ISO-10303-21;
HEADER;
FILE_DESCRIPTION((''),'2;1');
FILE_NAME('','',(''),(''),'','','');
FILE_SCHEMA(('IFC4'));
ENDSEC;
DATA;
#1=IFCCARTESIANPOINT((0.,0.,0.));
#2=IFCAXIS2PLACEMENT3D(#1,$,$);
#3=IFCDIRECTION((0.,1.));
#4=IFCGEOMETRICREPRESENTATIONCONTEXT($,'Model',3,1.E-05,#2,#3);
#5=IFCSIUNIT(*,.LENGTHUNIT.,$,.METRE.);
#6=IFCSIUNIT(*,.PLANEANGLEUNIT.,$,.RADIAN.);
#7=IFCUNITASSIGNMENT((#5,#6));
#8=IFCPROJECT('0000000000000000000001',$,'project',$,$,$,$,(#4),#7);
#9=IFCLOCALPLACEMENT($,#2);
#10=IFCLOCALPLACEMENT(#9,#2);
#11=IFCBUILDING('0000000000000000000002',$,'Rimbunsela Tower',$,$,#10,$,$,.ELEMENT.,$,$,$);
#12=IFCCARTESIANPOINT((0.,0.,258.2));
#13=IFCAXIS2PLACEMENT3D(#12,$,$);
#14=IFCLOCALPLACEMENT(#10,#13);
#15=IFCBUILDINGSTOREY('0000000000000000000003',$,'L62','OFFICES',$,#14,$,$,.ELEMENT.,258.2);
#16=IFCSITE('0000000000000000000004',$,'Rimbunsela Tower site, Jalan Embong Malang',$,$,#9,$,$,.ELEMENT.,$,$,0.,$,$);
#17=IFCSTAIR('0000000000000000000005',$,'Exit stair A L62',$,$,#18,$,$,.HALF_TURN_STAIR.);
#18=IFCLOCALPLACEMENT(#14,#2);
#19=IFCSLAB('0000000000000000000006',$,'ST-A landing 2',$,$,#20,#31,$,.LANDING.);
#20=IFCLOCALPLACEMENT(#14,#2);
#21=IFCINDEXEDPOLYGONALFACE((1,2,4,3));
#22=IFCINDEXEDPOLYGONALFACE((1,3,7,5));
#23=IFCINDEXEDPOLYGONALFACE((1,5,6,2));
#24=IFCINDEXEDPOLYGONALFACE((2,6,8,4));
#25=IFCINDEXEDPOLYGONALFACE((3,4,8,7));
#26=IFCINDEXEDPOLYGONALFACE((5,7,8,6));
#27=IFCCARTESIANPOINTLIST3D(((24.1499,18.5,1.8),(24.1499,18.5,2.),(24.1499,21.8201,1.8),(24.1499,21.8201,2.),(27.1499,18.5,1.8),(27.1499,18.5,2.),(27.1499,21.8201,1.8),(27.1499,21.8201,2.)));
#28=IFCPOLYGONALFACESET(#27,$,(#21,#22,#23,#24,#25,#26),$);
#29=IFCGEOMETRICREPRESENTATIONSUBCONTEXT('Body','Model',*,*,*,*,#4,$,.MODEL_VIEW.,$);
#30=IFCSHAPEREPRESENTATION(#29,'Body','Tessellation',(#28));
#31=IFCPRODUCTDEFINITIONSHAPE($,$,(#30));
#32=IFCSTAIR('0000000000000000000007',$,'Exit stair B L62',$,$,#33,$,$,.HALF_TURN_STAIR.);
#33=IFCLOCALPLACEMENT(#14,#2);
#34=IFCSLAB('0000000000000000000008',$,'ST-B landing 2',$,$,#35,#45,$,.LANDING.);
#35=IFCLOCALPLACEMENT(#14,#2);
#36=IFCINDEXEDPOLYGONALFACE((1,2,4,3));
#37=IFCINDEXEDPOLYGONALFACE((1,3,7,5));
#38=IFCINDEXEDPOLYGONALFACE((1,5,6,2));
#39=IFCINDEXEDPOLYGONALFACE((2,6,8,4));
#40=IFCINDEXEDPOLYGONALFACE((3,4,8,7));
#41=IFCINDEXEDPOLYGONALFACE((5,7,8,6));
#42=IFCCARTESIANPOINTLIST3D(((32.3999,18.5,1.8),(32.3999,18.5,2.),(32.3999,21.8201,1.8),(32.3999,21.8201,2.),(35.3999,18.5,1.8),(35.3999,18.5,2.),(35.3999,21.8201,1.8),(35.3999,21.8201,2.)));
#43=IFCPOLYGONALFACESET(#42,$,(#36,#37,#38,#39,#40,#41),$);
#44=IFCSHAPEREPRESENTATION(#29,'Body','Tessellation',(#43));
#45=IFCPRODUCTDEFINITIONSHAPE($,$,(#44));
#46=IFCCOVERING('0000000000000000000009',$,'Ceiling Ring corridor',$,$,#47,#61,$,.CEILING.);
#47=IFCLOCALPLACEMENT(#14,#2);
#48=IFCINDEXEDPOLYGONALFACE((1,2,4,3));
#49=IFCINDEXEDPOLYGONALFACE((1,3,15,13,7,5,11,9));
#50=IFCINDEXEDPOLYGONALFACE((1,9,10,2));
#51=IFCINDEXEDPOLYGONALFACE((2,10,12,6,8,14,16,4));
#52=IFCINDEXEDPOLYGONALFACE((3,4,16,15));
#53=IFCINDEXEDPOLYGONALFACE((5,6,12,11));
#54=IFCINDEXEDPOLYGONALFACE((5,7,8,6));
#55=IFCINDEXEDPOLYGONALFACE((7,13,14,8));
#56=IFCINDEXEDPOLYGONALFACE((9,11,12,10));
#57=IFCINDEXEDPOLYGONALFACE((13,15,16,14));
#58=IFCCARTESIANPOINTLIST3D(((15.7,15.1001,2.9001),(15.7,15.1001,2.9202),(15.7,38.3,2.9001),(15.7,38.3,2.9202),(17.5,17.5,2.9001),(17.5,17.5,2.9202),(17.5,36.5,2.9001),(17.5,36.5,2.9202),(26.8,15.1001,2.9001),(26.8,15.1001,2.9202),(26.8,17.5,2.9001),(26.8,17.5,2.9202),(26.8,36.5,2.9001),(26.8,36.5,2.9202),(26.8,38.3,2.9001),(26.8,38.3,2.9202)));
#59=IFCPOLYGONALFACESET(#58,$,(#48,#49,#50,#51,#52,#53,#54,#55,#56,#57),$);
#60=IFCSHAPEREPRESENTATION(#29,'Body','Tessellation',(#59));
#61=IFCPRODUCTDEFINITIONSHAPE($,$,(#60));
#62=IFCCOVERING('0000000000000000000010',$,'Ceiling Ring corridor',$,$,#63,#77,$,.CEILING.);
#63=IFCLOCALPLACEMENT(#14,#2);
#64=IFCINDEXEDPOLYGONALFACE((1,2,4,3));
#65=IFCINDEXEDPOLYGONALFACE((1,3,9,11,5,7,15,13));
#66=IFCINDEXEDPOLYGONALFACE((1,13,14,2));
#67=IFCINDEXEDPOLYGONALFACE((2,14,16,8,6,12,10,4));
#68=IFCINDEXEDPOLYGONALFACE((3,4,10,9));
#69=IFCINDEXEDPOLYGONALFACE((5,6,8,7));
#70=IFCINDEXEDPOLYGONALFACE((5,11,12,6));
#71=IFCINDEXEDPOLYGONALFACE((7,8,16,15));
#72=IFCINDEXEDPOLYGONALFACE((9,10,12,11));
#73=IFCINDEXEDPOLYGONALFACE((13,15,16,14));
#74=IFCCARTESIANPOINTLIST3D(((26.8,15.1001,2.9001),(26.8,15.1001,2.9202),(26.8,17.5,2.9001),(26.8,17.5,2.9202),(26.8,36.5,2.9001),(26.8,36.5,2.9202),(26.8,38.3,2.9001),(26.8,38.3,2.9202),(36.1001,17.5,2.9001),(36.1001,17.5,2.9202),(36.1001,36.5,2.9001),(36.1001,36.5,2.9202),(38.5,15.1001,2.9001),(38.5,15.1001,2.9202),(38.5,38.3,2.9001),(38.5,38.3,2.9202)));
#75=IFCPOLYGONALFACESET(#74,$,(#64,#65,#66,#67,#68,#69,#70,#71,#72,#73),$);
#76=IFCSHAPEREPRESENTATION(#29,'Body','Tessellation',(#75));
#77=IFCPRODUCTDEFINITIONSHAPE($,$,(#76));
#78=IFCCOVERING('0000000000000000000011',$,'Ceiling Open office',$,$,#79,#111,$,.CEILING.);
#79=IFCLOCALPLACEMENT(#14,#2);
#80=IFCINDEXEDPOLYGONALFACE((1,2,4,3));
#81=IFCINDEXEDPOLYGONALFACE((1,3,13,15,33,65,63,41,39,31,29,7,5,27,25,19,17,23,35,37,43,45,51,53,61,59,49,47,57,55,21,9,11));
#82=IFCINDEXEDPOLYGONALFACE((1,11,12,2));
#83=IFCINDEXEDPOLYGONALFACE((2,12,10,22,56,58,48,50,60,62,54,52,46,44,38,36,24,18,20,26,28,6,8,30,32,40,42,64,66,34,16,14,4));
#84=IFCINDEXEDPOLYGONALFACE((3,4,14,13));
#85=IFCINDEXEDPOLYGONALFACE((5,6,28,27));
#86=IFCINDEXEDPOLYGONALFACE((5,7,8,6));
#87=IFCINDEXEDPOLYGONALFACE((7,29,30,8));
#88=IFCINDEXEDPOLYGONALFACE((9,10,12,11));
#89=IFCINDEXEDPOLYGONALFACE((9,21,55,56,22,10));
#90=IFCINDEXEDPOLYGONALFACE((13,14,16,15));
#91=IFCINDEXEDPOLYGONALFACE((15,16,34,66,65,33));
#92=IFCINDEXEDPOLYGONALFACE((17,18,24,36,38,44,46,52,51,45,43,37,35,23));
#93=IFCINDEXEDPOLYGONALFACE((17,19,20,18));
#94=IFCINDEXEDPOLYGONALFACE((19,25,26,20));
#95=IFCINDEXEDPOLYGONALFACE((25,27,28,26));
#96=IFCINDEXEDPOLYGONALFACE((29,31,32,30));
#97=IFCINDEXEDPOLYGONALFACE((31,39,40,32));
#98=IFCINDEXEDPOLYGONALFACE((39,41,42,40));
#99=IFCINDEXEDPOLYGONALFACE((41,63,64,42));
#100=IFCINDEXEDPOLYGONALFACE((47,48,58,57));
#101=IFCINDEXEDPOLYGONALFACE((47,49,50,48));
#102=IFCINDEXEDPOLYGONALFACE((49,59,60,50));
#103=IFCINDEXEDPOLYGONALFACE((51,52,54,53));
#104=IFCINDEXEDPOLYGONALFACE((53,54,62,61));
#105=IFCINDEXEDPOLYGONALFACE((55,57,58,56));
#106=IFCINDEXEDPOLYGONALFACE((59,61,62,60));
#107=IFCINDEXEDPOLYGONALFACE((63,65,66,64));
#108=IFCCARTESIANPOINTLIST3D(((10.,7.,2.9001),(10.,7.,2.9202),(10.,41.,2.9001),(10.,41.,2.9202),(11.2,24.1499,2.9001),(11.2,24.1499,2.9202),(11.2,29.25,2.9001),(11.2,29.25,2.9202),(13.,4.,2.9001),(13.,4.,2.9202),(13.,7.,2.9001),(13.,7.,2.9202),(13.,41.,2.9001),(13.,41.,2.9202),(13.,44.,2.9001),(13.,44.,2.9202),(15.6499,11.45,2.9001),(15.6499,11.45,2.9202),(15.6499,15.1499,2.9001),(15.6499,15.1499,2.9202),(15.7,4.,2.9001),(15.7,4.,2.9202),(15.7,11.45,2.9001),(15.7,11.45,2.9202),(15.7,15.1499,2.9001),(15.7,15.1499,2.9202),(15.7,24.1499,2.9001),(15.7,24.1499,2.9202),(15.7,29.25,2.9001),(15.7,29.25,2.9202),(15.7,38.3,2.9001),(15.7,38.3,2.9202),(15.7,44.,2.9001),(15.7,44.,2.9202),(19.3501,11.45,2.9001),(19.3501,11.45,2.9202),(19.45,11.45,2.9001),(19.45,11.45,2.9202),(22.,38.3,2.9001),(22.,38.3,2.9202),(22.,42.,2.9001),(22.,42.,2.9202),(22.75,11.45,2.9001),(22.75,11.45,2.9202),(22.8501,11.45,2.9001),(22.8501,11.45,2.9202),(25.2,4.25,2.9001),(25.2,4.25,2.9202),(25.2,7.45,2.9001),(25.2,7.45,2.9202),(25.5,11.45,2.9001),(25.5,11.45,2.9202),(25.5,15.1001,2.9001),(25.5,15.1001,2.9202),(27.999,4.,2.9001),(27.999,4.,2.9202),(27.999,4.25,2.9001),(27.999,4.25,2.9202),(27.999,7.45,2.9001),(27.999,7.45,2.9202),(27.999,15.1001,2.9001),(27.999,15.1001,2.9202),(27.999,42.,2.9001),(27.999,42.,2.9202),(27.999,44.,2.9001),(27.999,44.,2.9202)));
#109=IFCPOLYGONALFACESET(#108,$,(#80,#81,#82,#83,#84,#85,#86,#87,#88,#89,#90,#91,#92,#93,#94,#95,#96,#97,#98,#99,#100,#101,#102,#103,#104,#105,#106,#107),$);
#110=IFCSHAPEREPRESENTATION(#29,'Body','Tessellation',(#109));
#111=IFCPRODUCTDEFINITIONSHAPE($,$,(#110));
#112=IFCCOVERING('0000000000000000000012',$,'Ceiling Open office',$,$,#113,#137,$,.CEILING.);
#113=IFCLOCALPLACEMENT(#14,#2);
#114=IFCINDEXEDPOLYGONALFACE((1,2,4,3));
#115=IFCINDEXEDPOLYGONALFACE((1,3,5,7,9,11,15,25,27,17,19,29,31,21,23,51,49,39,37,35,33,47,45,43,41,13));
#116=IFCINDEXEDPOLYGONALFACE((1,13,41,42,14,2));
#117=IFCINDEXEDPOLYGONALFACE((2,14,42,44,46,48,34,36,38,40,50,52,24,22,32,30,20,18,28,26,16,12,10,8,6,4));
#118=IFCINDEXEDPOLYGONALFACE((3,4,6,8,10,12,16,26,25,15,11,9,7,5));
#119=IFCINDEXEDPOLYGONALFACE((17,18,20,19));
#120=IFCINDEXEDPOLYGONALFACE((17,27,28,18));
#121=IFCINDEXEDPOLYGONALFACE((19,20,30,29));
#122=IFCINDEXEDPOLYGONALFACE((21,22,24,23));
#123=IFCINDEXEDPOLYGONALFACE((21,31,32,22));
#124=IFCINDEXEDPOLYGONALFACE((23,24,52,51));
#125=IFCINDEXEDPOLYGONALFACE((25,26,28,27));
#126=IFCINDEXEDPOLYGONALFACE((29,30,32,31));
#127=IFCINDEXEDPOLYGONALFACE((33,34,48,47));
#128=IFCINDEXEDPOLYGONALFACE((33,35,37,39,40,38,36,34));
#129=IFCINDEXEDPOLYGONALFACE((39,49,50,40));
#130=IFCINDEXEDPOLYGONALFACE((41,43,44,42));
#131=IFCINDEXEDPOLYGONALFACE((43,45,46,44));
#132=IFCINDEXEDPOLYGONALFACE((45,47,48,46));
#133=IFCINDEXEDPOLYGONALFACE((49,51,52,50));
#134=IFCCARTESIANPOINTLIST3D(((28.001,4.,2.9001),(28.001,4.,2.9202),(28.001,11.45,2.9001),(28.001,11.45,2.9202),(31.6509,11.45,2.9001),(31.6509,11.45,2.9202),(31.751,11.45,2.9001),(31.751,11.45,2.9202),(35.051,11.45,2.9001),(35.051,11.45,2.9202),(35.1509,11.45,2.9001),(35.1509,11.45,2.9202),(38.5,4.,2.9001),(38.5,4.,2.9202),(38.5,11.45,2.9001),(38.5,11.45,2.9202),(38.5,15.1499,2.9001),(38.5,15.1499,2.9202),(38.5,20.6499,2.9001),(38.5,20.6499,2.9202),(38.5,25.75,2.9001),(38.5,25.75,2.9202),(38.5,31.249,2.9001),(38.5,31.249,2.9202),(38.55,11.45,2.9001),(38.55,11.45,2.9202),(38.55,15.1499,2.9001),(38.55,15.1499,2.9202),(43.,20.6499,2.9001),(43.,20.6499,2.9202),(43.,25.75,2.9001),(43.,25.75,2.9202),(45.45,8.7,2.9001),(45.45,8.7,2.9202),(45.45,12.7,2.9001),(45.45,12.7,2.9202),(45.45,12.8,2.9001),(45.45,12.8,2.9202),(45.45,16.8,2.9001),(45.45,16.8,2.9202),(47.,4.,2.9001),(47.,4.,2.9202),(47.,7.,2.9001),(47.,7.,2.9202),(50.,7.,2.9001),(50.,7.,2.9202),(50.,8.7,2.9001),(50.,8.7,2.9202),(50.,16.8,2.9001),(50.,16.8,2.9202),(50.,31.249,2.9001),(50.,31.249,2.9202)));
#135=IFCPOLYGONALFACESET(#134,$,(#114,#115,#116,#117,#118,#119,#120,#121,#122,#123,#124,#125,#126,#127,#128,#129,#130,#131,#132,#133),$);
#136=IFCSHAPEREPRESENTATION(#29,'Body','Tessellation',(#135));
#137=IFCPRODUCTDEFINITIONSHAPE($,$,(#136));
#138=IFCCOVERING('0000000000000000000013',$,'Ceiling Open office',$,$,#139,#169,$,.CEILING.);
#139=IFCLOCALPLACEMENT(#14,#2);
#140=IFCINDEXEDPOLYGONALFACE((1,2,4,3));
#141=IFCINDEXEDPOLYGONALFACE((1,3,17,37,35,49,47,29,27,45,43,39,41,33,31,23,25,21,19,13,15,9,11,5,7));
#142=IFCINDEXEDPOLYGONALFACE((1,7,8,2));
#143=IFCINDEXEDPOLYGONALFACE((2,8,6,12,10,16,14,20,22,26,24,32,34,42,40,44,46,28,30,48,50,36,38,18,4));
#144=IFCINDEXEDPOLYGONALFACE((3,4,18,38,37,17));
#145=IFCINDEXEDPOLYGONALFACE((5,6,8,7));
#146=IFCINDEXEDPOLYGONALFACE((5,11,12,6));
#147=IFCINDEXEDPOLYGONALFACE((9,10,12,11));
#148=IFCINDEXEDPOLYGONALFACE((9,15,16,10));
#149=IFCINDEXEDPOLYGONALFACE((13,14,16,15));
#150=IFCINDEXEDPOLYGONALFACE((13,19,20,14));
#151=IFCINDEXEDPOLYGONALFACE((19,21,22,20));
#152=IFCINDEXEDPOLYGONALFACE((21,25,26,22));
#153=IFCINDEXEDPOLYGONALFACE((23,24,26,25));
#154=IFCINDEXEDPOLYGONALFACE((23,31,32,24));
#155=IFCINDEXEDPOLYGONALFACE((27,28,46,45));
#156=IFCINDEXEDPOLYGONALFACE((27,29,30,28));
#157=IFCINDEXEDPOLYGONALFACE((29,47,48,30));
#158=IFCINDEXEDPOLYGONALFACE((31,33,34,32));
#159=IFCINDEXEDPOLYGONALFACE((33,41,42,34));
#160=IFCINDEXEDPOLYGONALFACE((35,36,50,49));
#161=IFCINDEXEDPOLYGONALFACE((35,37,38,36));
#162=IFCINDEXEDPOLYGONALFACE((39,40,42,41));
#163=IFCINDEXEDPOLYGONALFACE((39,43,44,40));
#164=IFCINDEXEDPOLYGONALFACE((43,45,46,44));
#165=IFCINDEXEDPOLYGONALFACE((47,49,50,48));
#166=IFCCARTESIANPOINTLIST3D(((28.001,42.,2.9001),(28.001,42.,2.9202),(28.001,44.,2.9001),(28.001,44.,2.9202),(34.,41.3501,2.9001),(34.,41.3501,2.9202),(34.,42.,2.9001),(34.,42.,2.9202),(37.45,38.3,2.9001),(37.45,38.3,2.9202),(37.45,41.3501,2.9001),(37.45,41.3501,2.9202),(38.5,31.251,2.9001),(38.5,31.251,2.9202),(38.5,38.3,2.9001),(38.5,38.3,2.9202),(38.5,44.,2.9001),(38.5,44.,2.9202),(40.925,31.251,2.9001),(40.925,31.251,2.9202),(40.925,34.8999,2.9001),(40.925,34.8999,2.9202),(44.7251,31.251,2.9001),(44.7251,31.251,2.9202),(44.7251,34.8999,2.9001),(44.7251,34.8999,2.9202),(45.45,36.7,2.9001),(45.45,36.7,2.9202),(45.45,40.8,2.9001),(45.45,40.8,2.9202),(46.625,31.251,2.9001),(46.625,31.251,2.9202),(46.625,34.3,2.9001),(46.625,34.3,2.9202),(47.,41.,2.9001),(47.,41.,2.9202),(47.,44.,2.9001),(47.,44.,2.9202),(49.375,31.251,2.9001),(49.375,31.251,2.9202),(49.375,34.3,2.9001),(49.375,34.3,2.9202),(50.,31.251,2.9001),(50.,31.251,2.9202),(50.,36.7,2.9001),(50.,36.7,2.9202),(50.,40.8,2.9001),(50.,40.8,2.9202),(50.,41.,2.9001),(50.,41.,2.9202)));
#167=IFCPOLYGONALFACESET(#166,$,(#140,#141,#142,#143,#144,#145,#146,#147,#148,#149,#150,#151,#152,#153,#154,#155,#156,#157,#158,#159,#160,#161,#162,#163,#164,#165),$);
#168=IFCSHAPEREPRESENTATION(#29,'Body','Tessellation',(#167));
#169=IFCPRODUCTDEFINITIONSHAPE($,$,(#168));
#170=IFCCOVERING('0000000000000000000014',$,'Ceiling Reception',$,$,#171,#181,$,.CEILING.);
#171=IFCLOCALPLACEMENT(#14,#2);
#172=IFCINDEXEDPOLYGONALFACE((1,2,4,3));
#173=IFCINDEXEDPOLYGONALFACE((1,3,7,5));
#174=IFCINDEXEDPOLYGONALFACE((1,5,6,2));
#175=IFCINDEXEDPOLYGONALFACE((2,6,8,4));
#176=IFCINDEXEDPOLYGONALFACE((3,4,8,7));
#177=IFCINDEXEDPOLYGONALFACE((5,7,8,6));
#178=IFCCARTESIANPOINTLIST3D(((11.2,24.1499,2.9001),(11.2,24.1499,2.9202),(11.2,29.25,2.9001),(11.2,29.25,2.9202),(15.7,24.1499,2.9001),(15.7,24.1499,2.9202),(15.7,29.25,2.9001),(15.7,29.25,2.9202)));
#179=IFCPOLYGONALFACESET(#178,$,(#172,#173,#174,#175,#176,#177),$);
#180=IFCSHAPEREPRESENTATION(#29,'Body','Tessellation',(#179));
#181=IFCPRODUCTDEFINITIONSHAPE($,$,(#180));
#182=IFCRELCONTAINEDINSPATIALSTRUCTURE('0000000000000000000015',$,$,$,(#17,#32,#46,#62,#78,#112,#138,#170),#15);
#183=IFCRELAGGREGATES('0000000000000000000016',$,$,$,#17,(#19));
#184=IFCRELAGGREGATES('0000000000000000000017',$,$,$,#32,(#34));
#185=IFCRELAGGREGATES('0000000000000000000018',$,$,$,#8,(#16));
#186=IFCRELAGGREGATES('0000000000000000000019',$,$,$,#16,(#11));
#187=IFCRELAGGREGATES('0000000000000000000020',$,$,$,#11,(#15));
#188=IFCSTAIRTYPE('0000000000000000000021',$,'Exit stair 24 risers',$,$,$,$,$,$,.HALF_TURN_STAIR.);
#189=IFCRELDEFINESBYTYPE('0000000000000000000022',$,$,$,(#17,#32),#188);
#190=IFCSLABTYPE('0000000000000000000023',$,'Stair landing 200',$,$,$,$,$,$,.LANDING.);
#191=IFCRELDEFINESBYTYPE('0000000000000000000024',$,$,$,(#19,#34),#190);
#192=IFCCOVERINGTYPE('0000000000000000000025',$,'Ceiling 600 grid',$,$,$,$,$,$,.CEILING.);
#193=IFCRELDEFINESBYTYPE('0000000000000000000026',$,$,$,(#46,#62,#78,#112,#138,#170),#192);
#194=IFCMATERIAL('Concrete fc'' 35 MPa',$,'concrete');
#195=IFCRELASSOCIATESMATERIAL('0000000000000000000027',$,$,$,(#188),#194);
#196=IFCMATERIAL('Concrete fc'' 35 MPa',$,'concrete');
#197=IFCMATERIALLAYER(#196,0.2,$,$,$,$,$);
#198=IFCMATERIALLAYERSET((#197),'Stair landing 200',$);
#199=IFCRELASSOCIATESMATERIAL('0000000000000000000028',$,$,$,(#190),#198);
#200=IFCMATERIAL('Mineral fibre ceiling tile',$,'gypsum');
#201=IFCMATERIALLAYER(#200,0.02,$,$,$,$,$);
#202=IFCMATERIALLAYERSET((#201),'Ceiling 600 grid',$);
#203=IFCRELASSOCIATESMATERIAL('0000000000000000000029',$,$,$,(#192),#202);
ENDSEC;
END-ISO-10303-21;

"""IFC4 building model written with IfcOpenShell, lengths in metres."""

from ifc_helpers import new_model, si_unit, direction, frame, origin, place, context, subcontext, project, spatial, polyline, outline, extrude, material, layer, layer_set, type_object, element, aggregate, save


model = new_model("IFC4")

# Units and contexts
model_context = context("Model", 3, precision=1e-05, world=origin(), true_north=direction((0.0, 1.0)))
body_context = subcontext(model_context, "Body", "Model", "MODEL_VIEW")
ifc_project = project(units=[si_unit("LENGTHUNIT", "METRE"), si_unit("PLANEANGLEUNIT", "RADIAN")], contexts=[model_context])

# Site, building, storey
site_placement = place(None, origin())
site = spatial("IfcSite", under=ifc_project, at=site_placement, Name="Rimbunsela Tower site, Jalan Embong Malang", CompositionType="ELEMENT", RefElevation=0.0)
building_placement = place(site_placement, origin())
building = spatial("IfcBuilding", under=site, at=building_placement, Name="Rimbunsela Tower", CompositionType="ELEMENT")
storey_placement = place(building_placement, frame((0.0, 0.0, 258.2)))
storey = spatial("IfcBuildingStorey", under=building, at=storey_placement, Name="L62", Description="OFFICES", CompositionType="ELEMENT", Elevation=258.2)

# Stairs, slabs
ifc_material_1 = material(Name="Concrete fc' 35 MPa", Category="concrete")
stair_type = type_object("IfcStairType", Name="Exit stair 24 risers", PredefinedType="HALF_TURN_STAIR", material=ifc_material_1)
stair_1_placement = place(storey_placement, origin())
stair_1 = element("IfcStair", 1, at=stair_1_placement, inside=storey, type_object=stair_type, Name="Exit stair A L62", PredefinedType="HALF_TURN_STAIR")
ifc_material_2 = material(Name="Concrete fc' 35 MPa", Category="concrete")
ifc_layer_1 = layer(ifc_material_2, 0.2)
ifc_layer_set_1 = layer_set([ifc_layer_1], Name="Stair landing 200")
slab_type = type_object("IfcSlabType", Name="Stair landing 200", PredefinedType="LANDING", material=ifc_layer_set_1)
slab_1_placement = place(storey_placement, frame((0.0, 0.0, 1.8)))
slab_1 = element("IfcSlab", 2, at=slab_1_placement, type_object=slab_type, Name="ST-A landing 2", PredefinedType="LANDING", context=body_context, shape_type="SweptSolid", body=[
    extrude(outline(polyline([(24.1499, 18.5), (27.1499, 18.5), (27.1499, 21.8201), (24.1499, 21.8201), (24.1499, 18.5)])), origin(), (0.0, 0.0, 1.0), 0.2),
])
aggregate(stair_1, [slab_1])
stair_2_placement = place(storey_placement, origin())
stair_2 = element("IfcStair", 3, at=stair_2_placement, inside=storey, type_object=stair_type, Name="Exit stair B L62", PredefinedType="HALF_TURN_STAIR")
slab_2_placement = place(storey_placement, frame((0.0, 0.0, 1.8)))
slab_2 = element("IfcSlab", 4, at=slab_2_placement, type_object=slab_type, Name="ST-B landing 2", PredefinedType="LANDING", context=body_context, shape_type="SweptSolid", body=[
    extrude(outline(polyline([(32.3999, 18.5), (35.3999, 18.5), (35.3999, 21.8201), (32.3999, 21.8201), (32.3999, 18.5)])), origin(), (0.0, 0.0, 1.0), 0.2),
])
aggregate(stair_2, [slab_2])

# Coverings
ifc_material_3 = material(Name="Mineral fibre ceiling tile", Category="gypsum")
ifc_layer_2 = layer(ifc_material_3, 0.02)
ifc_layer_set_2 = layer_set([ifc_layer_2], Name="Ceiling 600 grid")
covering_type_1 = type_object("IfcCoveringType", Name="Ceiling 600 grid", PredefinedType="CEILING", material=ifc_layer_set_2)
covering_1_placement = place(storey_placement, frame((0.0, 0.0, 2.9001)))
element("IfcCovering", 5, at=covering_1_placement, inside=storey, type_object=covering_type_1, Name="Ceiling Ring corridor", PredefinedType="CEILING", context=body_context, shape_type="SweptSolid", body=[
    extrude(outline(polyline([(15.7, 38.3), (26.8, 38.3), (26.8, 36.5), (17.5, 36.5), (17.5, 17.5), (26.8, 17.5), (26.8, 15.1001), (15.7, 15.1001), (15.7, 38.3)])), origin(), (0.0, 0.0, 1.0), 0.02),
])
covering_2_placement = place(storey_placement, frame((0.0, 0.0, 2.9001)))
element("IfcCovering", 6, at=covering_2_placement, inside=storey, type_object=covering_type_1, Name="Ceiling Ring corridor", PredefinedType="CEILING", context=body_context, shape_type="SweptSolid", body=[
    extrude(outline(polyline([(38.5, 38.3), (38.5, 15.1001), (26.8, 15.1001), (26.8, 17.5), (36.1001, 17.5), (36.1001, 36.5), (26.8, 36.5), (26.8, 38.3), (38.5, 38.3)])), origin(), (0.0, 0.0, 1.0), 0.02),
])
covering_3_placement = place(storey_placement, frame((0.0, 0.0, 2.9001)))
element("IfcCovering", 7, at=covering_3_placement, inside=storey, type_object=covering_type_1, Name="Ceiling Open office", PredefinedType="CEILING", context=body_context, shape_type="SweptSolid", body=[
    extrude(outline(polyline([(19.45, 11.45), (22.75, 11.45), (22.8501, 11.45), (25.5, 11.45), (25.5, 15.1001), (27.999, 15.1001), (27.999, 7.45), (25.2, 7.45), (25.2, 4.25), (27.999, 4.25), (27.999, 4.0), (15.7, 4.0), (13.0, 4.0), (13.0, 7.0), (10.0, 7.0), (10.0, 41.0), (13.0, 41.0), (13.0, 44.0), (15.7, 44.0), (27.999, 44.0), (27.999, 42.0), (22.0, 42.0), (22.0, 38.3), (15.7, 38.3), (15.7, 29.25), (11.2, 29.25), (11.2, 24.1499), (15.7, 24.1499), (15.7, 15.1499), (15.6499, 15.1499), (15.6499, 11.45), (15.7, 11.45), (19.3501, 11.45), (19.45, 11.45)])), origin(), (0.0, 0.0, 1.0), 0.02),
])
covering_4_placement = place(storey_placement, frame((0.0, 0.0, 2.9001)))
element("IfcCovering", 8, at=covering_4_placement, inside=storey, type_object=covering_type_1, Name="Ceiling Open office", PredefinedType="CEILING", context=body_context, shape_type="SweptSolid", body=[
    extrude(outline(polyline([(28.001, 11.45), (31.6509, 11.45), (31.751, 11.45), (35.051, 11.45), (35.1509, 11.45), (38.5, 11.45), (38.55, 11.45), (38.55, 15.1499), (38.5, 15.1499), (38.5, 20.6499), (43.0, 20.6499), (43.0, 25.75), (38.5, 25.75), (38.5, 31.249), (50.0, 31.249), (50.0, 16.8), (45.45, 16.8), (45.45, 12.8), (45.45, 12.7), (45.45, 8.7), (50.0, 8.7), (50.0, 7.0), (47.0, 7.0), (47.0, 4.0), (38.5, 4.0), (28.001, 4.0), (28.001, 11.45)])), origin(), (0.0, 0.0, 1.0), 0.02),
])
covering_5_placement = place(storey_placement, frame((0.0, 0.0, 2.9001)))
element("IfcCovering", 9, at=covering_5_placement, inside=storey, type_object=covering_type_1, Name="Ceiling Open office", PredefinedType="CEILING", context=body_context, shape_type="SweptSolid", body=[
    extrude(outline(polyline([(50.0, 40.8), (45.45, 40.8), (45.45, 36.7), (50.0, 36.7), (50.0, 31.251), (49.375, 31.251), (49.375, 34.3), (46.625, 34.3), (46.625, 31.251), (44.7251, 31.251), (44.7251, 34.8999), (40.925, 34.8999), (40.925, 31.251), (38.5, 31.251), (38.5, 38.3), (37.45, 38.3), (37.45, 41.3501), (34.0, 41.3501), (34.0, 42.0), (28.001, 42.0), (28.001, 44.0), (38.5, 44.0), (47.0, 44.0), (47.0, 41.0), (50.0, 41.0), (50.0, 40.8)])), origin(), (0.0, 0.0, 1.0), 0.02),
])
covering_6_placement = place(storey_placement, frame((0.0, 0.0, 2.9001)))
element("IfcCovering", 10, at=covering_6_placement, inside=storey, type_object=covering_type_1, Name="Ceiling Reception", PredefinedType="CEILING", context=body_context, shape_type="SweptSolid", body=[
    extrude(outline(polyline([(15.7, 24.1499), (15.7, 29.25), (11.2, 29.25), (11.2, 24.1499), (15.7, 24.1499)])), origin(), (0.0, 0.0, 1.0), 0.02),
])

save(model, "model.ifc")
